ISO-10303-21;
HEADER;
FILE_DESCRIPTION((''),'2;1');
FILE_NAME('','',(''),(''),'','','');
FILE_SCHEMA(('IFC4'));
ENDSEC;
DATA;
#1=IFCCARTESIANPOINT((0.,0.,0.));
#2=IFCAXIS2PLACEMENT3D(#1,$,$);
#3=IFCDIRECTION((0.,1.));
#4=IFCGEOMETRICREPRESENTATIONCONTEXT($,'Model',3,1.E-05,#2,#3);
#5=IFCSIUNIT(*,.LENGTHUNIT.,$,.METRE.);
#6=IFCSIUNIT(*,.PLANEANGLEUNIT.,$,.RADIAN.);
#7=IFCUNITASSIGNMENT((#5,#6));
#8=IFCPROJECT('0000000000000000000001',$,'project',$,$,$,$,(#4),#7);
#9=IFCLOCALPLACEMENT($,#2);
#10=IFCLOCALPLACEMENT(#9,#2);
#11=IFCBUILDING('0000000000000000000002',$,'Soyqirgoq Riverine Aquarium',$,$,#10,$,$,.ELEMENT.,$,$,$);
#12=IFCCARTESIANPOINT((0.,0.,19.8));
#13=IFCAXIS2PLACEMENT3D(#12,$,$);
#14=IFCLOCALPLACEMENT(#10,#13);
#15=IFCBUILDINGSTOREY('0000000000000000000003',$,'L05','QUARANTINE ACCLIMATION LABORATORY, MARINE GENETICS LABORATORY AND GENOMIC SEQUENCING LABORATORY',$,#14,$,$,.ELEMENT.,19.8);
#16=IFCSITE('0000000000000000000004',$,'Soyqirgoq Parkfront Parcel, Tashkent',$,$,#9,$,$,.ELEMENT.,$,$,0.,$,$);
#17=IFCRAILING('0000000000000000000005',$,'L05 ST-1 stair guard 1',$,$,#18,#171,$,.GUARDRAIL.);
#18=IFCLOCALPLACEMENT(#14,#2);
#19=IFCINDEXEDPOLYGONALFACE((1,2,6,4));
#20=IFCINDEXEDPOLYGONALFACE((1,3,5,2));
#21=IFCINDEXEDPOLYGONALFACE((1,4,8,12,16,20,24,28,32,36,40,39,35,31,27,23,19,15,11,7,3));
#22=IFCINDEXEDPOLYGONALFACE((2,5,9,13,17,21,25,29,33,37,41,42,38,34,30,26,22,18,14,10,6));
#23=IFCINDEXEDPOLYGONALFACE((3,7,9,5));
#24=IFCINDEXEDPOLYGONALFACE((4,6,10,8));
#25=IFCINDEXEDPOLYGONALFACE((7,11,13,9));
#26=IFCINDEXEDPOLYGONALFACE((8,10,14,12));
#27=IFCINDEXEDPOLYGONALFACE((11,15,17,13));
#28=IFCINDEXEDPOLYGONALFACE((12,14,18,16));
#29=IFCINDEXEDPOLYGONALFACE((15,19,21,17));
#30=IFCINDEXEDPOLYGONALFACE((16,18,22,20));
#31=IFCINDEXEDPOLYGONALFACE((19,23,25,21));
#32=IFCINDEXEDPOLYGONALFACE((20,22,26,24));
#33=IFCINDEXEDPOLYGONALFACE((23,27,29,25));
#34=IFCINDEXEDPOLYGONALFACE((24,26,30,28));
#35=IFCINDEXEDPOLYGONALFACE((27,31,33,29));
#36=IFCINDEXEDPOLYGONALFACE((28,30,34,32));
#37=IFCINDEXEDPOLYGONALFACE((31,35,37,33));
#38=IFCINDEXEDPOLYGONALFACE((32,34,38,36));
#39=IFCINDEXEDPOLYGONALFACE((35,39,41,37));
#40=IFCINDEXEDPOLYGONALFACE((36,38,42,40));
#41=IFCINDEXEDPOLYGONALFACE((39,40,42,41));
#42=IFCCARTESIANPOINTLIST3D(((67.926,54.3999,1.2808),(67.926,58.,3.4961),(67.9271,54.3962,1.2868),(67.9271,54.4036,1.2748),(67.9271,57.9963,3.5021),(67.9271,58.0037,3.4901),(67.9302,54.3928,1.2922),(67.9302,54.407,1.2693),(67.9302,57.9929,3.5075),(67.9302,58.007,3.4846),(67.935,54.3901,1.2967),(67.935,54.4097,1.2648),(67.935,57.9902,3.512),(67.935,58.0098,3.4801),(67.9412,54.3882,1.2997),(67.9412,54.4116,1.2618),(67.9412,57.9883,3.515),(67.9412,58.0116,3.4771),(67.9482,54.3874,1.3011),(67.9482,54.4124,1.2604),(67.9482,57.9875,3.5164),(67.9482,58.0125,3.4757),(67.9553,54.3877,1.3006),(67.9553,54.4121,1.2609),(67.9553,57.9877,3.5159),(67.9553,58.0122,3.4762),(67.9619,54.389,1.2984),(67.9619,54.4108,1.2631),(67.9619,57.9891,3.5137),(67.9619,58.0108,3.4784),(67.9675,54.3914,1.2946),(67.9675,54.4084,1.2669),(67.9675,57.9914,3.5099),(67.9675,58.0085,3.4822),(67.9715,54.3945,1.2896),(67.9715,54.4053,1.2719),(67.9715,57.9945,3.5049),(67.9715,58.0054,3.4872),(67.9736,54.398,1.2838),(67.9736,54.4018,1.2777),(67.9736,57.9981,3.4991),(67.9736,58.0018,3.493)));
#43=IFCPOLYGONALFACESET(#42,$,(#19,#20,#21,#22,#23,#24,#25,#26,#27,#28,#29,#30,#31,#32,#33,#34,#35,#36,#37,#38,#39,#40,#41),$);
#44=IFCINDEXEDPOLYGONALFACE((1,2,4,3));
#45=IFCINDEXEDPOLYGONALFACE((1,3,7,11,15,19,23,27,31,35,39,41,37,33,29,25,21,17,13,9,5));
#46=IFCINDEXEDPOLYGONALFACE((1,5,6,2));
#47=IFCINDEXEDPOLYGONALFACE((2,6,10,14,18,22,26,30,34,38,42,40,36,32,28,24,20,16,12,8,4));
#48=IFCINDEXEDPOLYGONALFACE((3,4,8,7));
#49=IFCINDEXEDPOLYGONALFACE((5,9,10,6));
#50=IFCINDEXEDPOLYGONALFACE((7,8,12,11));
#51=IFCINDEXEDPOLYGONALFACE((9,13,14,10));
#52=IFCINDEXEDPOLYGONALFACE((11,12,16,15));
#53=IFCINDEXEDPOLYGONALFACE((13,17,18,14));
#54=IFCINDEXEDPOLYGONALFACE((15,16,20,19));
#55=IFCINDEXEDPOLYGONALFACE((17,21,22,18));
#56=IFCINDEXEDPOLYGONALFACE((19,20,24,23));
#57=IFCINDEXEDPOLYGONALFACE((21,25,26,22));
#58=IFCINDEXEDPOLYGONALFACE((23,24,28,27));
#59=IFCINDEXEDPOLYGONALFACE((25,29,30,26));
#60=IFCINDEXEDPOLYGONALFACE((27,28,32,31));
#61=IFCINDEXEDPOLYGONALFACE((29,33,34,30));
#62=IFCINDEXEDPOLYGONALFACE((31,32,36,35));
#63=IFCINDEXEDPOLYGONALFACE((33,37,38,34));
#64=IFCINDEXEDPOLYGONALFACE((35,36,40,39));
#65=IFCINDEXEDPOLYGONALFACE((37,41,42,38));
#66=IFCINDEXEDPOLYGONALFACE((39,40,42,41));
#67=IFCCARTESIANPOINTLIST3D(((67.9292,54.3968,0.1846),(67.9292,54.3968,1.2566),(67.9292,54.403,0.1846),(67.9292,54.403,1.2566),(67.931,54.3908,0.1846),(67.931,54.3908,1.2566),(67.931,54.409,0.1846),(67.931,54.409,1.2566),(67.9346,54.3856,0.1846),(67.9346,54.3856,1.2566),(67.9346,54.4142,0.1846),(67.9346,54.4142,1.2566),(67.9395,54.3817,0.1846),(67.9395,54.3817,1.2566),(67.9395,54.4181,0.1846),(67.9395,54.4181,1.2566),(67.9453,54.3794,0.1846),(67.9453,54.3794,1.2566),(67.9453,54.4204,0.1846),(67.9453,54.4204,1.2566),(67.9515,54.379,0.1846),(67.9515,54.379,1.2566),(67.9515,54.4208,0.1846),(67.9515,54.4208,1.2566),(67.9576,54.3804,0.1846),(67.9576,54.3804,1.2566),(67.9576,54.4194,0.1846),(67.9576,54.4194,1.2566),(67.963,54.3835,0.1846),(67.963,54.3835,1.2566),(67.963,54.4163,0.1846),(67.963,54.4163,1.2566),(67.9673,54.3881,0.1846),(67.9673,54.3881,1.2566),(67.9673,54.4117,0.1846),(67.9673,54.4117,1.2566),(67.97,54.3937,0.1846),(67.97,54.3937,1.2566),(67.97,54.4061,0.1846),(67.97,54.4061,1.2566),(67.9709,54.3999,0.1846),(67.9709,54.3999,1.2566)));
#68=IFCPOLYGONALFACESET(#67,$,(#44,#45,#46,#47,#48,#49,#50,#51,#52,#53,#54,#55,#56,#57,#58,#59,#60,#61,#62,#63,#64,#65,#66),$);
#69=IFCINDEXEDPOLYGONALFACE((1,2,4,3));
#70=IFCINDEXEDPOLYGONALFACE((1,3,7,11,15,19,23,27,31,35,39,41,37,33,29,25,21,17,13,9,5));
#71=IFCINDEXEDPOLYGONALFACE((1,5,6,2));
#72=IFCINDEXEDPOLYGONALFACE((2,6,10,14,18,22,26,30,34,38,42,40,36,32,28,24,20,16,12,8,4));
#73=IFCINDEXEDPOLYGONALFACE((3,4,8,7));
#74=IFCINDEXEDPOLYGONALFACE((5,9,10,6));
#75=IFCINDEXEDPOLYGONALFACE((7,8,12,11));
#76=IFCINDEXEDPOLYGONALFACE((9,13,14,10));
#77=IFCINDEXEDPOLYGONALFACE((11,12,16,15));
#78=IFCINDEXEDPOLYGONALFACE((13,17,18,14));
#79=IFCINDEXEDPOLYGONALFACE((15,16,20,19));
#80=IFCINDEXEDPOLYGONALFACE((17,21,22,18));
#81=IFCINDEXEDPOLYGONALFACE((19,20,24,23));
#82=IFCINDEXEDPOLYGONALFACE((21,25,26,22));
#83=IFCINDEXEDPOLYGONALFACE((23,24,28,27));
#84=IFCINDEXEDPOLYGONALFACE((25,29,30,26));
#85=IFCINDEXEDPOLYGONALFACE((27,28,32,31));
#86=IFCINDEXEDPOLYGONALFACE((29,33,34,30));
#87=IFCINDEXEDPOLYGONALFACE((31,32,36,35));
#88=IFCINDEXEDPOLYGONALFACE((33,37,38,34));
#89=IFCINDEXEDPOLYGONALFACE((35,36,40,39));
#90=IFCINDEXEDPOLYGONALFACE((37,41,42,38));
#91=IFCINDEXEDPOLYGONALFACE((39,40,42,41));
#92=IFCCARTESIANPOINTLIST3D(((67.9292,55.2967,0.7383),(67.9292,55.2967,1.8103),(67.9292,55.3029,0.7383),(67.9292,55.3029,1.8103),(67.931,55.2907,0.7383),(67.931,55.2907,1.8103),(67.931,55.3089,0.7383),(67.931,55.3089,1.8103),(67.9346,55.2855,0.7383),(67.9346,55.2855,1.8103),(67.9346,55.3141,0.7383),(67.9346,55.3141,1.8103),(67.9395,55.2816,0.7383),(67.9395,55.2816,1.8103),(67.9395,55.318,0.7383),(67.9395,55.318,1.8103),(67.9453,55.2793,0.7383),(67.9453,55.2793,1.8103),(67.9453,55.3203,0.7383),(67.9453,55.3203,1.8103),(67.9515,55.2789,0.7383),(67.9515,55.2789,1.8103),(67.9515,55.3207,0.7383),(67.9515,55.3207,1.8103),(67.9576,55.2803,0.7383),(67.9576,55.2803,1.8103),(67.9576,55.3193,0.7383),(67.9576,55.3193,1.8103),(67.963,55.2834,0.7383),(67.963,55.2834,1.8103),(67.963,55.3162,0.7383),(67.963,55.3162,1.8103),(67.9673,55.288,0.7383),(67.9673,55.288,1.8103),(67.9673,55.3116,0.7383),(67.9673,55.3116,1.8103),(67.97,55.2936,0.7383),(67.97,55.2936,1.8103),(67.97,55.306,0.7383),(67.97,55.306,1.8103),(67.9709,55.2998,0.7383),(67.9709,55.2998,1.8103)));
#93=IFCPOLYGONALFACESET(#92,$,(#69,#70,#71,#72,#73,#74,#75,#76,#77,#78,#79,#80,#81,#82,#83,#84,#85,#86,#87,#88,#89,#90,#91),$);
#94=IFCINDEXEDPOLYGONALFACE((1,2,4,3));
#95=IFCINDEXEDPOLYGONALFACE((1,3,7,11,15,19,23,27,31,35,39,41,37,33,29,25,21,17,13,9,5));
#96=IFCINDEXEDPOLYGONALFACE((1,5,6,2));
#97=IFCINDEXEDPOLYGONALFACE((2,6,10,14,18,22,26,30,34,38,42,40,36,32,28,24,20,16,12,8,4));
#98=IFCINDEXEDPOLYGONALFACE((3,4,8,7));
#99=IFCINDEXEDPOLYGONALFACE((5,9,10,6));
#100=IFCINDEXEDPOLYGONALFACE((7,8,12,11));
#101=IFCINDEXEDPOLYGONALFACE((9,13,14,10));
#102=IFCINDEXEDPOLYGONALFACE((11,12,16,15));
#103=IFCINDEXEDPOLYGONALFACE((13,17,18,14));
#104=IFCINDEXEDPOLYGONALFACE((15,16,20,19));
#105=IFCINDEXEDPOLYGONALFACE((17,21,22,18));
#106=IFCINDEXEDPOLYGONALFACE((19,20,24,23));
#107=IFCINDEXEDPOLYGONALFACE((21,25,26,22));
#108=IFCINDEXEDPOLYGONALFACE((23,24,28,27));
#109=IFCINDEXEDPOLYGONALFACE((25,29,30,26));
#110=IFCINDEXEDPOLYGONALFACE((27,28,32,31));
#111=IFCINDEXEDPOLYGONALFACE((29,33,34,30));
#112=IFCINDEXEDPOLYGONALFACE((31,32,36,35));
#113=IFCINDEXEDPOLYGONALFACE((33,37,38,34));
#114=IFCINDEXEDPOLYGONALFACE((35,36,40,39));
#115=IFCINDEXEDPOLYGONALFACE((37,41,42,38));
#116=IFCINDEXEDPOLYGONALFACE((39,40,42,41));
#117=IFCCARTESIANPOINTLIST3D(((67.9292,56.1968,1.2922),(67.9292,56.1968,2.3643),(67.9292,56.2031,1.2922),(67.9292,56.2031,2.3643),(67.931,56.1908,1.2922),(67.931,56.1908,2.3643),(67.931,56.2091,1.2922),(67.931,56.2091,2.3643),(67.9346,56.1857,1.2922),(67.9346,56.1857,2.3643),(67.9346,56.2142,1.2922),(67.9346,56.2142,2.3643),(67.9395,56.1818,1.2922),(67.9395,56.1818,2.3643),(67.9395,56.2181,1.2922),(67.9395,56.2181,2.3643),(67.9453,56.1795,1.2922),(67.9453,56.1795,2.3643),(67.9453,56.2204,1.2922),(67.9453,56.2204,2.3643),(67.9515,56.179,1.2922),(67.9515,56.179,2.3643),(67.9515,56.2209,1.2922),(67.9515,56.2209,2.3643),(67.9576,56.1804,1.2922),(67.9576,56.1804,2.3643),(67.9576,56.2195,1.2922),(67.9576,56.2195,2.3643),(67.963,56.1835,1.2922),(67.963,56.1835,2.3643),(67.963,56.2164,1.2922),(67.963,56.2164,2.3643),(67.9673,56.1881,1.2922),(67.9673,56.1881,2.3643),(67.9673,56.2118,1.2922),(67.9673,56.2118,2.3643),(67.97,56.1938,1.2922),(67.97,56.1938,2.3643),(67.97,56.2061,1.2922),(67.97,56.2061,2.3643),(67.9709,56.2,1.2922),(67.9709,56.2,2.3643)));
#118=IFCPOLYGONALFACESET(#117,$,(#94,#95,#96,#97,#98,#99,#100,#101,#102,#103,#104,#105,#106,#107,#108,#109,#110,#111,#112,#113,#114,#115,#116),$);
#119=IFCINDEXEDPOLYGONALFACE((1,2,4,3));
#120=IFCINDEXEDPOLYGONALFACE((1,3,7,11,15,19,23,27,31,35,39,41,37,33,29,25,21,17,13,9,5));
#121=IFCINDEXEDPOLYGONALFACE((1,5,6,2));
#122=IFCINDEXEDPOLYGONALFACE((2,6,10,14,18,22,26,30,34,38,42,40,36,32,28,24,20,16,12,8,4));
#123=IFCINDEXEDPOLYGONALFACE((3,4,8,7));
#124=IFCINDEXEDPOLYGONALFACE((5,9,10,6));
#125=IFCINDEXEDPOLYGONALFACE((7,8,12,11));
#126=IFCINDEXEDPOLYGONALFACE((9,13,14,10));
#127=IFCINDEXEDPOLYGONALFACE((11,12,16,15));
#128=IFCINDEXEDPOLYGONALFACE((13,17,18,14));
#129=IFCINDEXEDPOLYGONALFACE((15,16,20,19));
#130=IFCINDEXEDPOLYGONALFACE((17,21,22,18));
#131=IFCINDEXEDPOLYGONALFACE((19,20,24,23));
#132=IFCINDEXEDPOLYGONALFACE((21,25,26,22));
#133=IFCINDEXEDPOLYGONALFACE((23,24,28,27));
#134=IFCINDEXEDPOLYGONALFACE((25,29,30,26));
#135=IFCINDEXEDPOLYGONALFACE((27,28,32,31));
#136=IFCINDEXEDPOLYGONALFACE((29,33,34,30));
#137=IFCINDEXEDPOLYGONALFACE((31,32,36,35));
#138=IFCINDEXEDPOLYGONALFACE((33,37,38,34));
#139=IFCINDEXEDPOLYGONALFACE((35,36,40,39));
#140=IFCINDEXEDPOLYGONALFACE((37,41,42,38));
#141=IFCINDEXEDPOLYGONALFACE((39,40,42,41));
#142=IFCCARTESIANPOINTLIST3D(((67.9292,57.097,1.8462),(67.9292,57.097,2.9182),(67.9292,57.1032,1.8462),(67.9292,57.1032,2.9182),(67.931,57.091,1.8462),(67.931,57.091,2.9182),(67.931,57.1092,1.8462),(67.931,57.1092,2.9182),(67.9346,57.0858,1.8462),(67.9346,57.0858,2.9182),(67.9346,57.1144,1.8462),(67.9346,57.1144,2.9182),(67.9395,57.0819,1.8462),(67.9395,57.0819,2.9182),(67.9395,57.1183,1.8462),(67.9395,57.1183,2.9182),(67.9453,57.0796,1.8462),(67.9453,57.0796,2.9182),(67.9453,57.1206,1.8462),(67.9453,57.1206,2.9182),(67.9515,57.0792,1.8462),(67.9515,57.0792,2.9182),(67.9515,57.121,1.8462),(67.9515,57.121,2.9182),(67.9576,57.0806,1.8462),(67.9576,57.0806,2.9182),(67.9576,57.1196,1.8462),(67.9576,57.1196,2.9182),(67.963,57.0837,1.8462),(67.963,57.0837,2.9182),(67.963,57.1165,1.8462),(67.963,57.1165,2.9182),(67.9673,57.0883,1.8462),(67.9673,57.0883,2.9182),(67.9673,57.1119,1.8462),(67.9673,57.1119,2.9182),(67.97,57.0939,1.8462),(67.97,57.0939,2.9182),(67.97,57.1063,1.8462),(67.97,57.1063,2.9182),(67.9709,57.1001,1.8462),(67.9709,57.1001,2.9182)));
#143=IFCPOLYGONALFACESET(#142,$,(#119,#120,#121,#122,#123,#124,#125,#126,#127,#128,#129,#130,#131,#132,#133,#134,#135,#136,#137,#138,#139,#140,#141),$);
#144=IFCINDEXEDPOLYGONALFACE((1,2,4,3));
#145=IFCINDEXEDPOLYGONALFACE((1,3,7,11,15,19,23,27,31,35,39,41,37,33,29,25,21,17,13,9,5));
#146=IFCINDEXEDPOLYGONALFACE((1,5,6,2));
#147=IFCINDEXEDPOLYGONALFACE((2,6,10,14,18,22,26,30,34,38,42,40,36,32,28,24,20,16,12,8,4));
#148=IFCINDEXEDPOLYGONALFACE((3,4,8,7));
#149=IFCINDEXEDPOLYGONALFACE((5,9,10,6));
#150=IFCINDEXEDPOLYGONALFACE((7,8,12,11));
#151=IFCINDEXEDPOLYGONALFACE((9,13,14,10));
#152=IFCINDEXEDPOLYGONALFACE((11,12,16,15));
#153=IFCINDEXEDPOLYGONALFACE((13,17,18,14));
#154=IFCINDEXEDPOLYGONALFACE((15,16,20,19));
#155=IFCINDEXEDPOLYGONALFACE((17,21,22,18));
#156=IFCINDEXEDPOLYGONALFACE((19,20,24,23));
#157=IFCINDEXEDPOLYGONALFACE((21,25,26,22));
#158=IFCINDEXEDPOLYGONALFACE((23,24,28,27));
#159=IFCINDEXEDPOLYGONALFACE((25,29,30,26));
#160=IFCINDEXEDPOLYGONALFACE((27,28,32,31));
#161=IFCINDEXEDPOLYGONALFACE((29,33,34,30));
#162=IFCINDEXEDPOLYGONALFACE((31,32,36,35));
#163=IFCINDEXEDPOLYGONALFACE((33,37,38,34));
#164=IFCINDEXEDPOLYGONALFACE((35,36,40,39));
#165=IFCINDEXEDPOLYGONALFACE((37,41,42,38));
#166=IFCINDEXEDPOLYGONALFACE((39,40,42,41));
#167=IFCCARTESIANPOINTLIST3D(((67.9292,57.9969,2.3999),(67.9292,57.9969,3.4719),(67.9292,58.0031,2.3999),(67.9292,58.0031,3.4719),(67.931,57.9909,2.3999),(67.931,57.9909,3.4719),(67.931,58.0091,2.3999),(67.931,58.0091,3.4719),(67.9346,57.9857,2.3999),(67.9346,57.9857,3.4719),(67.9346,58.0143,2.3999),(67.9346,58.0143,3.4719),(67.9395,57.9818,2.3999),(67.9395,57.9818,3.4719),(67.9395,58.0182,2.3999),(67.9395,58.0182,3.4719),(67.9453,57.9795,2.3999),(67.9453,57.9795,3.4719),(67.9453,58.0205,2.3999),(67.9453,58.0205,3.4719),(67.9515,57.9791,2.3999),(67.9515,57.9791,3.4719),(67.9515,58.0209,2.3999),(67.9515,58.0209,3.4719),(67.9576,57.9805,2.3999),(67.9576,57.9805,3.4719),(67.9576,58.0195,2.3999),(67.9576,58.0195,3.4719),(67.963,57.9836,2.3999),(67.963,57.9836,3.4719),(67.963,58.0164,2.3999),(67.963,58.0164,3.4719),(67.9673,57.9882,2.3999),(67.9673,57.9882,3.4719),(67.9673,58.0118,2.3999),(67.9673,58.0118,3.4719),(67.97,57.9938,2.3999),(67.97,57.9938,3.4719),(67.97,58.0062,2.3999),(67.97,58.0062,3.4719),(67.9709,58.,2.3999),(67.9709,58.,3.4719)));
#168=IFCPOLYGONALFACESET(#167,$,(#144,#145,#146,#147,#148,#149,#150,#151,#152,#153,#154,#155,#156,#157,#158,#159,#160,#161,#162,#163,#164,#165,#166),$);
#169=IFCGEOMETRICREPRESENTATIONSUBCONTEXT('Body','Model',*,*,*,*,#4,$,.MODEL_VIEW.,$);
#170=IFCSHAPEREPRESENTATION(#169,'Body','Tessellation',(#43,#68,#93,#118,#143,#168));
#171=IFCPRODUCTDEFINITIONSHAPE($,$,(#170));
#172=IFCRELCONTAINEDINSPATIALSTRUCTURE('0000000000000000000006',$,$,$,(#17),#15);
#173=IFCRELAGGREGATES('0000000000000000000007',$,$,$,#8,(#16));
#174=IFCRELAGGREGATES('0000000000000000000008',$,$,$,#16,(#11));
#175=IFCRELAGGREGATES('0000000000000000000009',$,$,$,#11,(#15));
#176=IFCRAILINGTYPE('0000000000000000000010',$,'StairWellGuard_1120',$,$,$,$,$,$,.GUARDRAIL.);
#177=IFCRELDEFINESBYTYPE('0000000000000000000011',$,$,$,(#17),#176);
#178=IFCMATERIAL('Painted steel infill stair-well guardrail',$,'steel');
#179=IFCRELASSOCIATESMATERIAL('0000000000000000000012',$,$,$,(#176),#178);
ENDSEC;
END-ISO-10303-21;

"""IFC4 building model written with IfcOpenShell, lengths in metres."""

from ifc_helpers import new_model, si_unit, direction, frame, origin, origin_2d, place, context, subcontext, project, spatial, circle, extrude, material, type_object, element, save


model = new_model("IFC4")

# Units and contexts
model_context = context("Model", 3, precision=1e-05, world=origin(), true_north=direction((0.0, 1.0)))
body_context = subcontext(model_context, "Body", "Model", "MODEL_VIEW")
ifc_project = project(units=[si_unit("LENGTHUNIT", "METRE"), si_unit("PLANEANGLEUNIT", "RADIAN")], contexts=[model_context])

# Site, building, storey
site_placement = place(None, origin())
site = spatial("IfcSite", under=ifc_project, at=site_placement, Name="Soyqirgoq Parkfront Parcel, Tashkent", CompositionType="ELEMENT", RefElevation=0.0)
building_placement = place(site_placement, origin())
building = spatial("IfcBuilding", under=site, at=building_placement, Name="Soyqirgoq Riverine Aquarium", CompositionType="ELEMENT")
storey_placement = place(building_placement, frame((0.0, 0.0, 19.8)))
storey = spatial("IfcBuildingStorey", under=building, at=storey_placement, Name="L05", Description="QUARANTINE ACCLIMATION LABORATORY, MARINE GENETICS LABORATORY AND GENOMIC SEQUENCING LABORATORY", CompositionType="ELEMENT", Elevation=19.8)

# Railing
ifc_material_1 = material(Name="Painted steel infill stair-well guardrail", Category="steel")
railing_type_1 = type_object("IfcRailingType", Name="StairWellGuard_1120", PredefinedType="GUARDRAIL", material=ifc_material_1)
railing_1_placement = place(storey_placement, frame((67.95, 54.3999, 0.1846)))
element("IfcRailing", 1, at=railing_1_placement, inside=storey, type_object=railing_type_1, Name="L05 ST-1 stair guard 1", PredefinedType="GUARDRAIL", context=body_context, shape_type="SweptSolid", body=[
    extrude(circle(Radius=0.0239, at=origin_2d()), frame((0.0, 0.0, 1.0962), z_axis=(0.0, 0.85167, 0.524078), x_axis=(-1.0, 0.0, 0.0)), (0.0, 0.0, 1.0), 4.2271),
    extrude(circle(Radius=0.021, at=origin_2d()), origin(), (0.0, 0.0, 1.0), 1.072),
    extrude(circle(Radius=0.021, at=origin_2d()), frame((0.0, 0.8999, 0.5537)), (0.0, 0.0, 1.0), 1.072),
    extrude(circle(Radius=0.021, at=origin_2d()), frame((0.0, 1.8, 1.1077)), (0.0, 0.0, 1.0), 1.072),
    extrude(circle(Radius=0.021, at=origin_2d()), frame((0.0, 2.7002, 1.6616)), (0.0, 0.0, 1.0), 1.072),
    extrude(circle(Radius=0.021, at=origin_2d()), frame((0.0, 3.6001, 2.2153)), (0.0, 0.0, 1.0), 1.072),
])

save(model, "model.ifc")
